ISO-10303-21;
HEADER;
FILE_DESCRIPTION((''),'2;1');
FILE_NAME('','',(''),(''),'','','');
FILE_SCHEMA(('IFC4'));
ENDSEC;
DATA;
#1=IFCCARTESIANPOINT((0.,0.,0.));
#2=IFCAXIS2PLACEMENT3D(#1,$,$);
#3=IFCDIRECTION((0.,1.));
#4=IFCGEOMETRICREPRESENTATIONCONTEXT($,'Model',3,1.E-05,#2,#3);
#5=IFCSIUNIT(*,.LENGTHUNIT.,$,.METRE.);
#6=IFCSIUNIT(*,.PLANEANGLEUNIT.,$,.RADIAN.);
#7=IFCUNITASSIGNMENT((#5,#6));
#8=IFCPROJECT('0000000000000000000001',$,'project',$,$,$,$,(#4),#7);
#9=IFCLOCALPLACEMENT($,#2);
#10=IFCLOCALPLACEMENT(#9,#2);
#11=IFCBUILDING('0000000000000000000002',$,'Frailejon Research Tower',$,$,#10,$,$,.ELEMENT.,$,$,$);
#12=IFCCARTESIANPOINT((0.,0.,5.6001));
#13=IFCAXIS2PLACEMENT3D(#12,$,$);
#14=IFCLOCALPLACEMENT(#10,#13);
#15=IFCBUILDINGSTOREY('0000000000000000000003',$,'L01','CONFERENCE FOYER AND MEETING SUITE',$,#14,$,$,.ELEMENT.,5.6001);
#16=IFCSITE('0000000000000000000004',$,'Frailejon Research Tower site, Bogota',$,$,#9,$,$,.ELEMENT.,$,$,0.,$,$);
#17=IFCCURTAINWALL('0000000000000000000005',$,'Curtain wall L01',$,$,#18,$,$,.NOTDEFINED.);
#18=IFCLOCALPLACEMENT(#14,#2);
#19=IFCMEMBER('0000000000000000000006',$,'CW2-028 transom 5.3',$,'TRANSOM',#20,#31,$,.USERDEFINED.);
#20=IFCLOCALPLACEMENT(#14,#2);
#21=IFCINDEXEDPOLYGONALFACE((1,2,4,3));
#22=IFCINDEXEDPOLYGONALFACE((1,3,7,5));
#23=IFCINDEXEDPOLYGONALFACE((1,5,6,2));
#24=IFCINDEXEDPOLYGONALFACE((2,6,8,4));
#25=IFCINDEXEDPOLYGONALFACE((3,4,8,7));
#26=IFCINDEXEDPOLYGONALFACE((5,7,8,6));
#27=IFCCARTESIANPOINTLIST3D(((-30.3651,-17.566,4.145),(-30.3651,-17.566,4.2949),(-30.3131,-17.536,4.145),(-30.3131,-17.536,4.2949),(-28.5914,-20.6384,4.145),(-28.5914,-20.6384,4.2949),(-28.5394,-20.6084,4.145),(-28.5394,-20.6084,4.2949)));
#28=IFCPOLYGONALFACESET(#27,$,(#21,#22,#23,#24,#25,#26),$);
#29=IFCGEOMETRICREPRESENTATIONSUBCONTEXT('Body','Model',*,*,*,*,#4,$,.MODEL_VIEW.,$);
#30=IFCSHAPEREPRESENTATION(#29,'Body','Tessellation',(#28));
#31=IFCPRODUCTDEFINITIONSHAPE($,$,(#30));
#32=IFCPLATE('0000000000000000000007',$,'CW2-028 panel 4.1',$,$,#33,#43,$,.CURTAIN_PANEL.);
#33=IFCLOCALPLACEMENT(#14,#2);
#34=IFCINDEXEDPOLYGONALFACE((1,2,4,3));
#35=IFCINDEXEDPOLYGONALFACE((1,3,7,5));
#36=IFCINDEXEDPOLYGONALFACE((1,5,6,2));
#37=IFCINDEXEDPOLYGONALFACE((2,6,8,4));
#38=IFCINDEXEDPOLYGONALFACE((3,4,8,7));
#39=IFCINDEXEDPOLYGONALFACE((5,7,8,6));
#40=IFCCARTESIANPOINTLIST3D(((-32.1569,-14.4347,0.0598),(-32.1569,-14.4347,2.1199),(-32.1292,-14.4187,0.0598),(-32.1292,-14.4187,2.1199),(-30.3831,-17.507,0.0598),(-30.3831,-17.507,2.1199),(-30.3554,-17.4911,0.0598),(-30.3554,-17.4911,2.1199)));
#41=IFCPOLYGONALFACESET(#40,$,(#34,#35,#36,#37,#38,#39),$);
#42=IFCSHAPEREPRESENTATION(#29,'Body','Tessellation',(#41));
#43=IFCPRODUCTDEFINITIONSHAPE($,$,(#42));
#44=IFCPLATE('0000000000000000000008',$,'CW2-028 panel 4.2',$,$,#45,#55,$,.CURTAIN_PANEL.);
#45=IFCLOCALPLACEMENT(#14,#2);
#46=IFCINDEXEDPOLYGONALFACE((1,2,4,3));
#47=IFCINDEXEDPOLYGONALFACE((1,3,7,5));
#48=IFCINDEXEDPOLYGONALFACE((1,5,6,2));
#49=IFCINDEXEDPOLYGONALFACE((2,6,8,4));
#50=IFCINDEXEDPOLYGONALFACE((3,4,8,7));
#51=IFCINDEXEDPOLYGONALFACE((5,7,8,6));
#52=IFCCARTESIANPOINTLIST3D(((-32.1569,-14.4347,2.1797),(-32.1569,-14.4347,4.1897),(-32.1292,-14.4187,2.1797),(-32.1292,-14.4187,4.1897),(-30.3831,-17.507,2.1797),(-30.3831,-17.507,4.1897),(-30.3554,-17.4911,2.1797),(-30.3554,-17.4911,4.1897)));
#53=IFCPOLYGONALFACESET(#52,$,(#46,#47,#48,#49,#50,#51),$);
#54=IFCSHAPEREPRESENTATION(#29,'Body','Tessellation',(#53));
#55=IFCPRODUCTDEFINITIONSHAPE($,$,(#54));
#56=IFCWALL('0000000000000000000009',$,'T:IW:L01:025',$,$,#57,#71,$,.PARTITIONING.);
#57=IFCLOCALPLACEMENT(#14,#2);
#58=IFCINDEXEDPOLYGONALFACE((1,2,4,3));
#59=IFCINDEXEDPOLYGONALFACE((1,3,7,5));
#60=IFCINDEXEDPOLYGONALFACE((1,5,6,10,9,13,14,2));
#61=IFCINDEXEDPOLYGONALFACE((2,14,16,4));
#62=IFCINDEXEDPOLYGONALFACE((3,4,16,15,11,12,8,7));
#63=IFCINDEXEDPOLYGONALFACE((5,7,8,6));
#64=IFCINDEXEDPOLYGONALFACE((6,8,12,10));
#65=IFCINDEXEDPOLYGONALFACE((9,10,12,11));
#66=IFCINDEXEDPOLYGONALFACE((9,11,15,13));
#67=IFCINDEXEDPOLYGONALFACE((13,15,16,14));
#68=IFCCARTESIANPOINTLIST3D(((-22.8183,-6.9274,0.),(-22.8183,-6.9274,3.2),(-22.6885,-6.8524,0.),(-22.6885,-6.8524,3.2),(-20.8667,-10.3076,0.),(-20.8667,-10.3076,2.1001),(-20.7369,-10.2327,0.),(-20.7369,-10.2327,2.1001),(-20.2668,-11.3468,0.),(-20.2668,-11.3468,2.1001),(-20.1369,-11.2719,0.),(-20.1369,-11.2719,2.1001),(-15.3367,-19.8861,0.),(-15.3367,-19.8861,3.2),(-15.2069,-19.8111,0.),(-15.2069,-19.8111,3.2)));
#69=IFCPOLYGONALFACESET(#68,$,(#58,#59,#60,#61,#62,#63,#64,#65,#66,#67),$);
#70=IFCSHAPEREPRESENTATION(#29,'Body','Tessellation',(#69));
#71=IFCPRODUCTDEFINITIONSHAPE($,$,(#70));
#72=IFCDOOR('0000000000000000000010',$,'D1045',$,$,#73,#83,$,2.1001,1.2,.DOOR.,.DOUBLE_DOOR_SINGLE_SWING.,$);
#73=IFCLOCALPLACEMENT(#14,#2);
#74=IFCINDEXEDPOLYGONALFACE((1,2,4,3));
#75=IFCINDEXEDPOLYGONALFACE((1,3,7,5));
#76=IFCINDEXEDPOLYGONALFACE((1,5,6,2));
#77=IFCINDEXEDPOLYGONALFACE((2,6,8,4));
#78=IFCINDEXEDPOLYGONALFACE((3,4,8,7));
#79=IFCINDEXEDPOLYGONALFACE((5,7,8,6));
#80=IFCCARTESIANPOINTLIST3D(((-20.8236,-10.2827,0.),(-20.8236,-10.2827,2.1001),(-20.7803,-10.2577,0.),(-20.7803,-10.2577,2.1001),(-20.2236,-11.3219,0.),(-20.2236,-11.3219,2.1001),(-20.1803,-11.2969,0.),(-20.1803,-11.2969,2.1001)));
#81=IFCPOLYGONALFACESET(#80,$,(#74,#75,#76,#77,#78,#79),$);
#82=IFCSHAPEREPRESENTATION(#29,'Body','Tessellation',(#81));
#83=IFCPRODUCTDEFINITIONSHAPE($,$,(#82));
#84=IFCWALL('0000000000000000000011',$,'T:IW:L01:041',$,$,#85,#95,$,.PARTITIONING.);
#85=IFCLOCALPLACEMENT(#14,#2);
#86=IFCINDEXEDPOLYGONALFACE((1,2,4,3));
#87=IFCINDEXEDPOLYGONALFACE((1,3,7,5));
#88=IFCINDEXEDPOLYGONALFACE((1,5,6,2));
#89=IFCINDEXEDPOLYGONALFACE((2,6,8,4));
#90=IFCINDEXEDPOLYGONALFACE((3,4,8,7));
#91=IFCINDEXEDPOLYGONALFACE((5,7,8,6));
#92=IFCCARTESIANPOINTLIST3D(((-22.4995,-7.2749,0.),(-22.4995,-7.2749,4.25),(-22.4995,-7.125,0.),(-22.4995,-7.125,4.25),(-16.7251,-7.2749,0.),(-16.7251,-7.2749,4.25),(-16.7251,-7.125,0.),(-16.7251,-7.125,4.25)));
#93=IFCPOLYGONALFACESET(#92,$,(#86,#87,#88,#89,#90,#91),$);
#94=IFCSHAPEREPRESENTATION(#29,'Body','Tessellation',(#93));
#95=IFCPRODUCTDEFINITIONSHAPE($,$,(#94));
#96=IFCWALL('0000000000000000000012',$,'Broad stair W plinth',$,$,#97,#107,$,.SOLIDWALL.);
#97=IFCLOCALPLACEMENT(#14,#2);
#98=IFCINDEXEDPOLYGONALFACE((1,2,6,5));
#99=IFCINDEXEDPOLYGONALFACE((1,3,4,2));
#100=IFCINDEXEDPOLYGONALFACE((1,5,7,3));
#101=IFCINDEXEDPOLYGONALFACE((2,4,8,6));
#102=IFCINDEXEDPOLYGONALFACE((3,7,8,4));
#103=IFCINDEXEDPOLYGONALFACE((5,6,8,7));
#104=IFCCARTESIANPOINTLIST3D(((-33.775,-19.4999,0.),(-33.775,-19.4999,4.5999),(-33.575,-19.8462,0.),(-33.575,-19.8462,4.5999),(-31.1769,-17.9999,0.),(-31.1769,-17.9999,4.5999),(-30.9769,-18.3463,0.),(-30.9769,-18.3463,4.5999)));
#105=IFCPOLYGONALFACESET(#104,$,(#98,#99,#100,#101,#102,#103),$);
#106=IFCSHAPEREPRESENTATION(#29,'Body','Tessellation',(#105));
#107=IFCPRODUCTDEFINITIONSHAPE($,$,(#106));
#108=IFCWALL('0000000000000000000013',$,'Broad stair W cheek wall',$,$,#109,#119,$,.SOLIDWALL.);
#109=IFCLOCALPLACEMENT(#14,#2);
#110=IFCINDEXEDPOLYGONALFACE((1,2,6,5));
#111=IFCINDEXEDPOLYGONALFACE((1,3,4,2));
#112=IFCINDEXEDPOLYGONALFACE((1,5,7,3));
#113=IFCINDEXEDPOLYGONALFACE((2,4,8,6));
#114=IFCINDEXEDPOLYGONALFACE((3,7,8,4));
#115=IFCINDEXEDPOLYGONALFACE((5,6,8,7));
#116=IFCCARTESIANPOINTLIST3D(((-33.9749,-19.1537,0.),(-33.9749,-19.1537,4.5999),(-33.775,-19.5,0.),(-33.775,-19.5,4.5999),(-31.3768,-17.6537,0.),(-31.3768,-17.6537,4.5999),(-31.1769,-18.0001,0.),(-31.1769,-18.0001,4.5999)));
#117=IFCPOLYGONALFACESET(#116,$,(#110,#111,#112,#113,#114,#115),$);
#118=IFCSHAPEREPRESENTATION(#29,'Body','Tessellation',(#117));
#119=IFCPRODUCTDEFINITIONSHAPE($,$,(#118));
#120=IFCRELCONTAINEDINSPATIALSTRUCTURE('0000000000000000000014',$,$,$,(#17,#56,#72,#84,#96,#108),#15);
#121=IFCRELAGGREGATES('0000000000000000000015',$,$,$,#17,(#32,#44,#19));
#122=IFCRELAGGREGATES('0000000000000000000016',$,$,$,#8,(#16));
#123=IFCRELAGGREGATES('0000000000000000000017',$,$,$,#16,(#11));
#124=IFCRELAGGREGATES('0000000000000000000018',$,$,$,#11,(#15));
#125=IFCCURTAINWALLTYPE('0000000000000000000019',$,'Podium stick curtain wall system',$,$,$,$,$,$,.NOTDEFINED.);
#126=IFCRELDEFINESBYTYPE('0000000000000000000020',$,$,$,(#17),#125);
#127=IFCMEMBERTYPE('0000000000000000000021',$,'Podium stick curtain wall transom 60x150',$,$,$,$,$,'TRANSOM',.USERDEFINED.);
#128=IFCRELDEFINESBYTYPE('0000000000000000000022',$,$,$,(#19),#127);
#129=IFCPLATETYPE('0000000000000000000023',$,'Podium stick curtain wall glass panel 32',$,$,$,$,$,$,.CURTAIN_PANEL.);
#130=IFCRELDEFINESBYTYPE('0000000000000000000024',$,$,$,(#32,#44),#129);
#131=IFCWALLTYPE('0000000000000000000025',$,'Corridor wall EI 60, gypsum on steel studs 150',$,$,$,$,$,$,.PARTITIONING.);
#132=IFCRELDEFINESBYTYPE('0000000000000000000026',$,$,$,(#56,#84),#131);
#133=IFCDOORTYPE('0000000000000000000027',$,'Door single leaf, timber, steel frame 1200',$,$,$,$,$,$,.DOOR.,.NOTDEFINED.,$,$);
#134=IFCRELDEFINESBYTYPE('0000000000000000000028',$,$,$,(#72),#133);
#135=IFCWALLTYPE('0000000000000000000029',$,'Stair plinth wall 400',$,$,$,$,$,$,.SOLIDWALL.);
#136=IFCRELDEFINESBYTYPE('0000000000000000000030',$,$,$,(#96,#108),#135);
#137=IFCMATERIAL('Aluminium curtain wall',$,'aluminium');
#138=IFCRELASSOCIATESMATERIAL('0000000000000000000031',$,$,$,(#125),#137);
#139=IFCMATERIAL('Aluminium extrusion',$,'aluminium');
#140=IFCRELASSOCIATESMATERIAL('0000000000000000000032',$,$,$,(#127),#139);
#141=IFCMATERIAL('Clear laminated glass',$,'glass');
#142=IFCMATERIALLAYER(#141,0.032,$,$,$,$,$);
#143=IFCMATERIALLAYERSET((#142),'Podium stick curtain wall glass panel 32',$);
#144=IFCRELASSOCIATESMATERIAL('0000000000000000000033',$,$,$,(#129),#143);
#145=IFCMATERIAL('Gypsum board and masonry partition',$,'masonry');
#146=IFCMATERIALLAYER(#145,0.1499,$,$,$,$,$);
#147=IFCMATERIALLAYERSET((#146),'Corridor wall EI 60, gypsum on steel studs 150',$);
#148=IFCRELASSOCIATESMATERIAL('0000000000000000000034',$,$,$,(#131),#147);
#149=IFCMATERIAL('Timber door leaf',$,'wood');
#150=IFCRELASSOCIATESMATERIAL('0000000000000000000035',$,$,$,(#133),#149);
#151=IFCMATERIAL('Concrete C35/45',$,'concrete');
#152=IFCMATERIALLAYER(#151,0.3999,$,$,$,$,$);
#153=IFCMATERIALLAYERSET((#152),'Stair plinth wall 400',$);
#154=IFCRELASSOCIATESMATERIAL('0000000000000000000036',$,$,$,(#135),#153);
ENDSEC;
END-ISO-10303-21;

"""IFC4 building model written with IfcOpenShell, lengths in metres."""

from ifc_helpers import new_model, si_unit, direction, frame, frame_2d, origin, origin_2d, place, context, subcontext, project, spatial, rectangle, extrude, material, layer, layer_set, material_profile, profile_set, type_object, element, fill, aggregate, save


model = new_model("IFC4")

# Units and contexts
model_context = context("Model", 3, precision=1e-05, world=origin(), true_north=direction((0.0, 1.0)))
body_context = subcontext(model_context, "Body", "Model", "MODEL_VIEW")
ifc_project = project(units=[si_unit("LENGTHUNIT", "METRE"), si_unit("PLANEANGLEUNIT", "RADIAN")], contexts=[model_context])

# Site, building, storey
site_placement = place(None, origin())
site = spatial("IfcSite", under=ifc_project, at=site_placement, Name="Frailejon Research Tower site, Bogota", CompositionType="ELEMENT", RefElevation=0.0)
building_placement = place(site_placement, origin())
building = spatial("IfcBuilding", under=site, at=building_placement, Name="Frailejon Research Tower", CompositionType="ELEMENT")
storey_placement = place(building_placement, frame((0.0, 0.0, 5.6001)))
storey = spatial("IfcBuildingStorey", under=building, at=storey_placement, Name="L01", Description="CONFERENCE FOYER AND MEETING SUITE", CompositionType="ELEMENT", Elevation=5.6001)

# Curtain wall, member, plates
ifc_material_1 = material(Name="Aluminium curtain wall", Category="aluminium")
curtain_wall_type = type_object("IfcCurtainWallType", Name="Podium stick curtain wall system", PredefinedType="NOTDEFINED", material=ifc_material_1)
curtain_wall_placement = place(storey_placement, origin())
curtain_wall = element("IfcCurtainWall", 1, at=curtain_wall_placement, inside=storey, type_object=curtain_wall_type, Name="Curtain wall L01", PredefinedType="NOTDEFINED")
ifc_material_2 = material(Name="Aluminium extrusion", Category="aluminium")
ifc_material_profile_1 = material_profile(ifc_material_2, rectangle(XDim=0.0601, YDim=0.1499, at=origin_2d()), Name="Podium stick curtain wall transom 60x150")
ifc_profile_set_1 = profile_set([ifc_material_profile_1], Name="Aluminium extrusion")
member_type_1 = type_object("IfcMemberType", Name="Podium stick curtain wall transom 60x150", ElementType="TRANSOM", PredefinedType="USERDEFINED", material=ifc_profile_set_1)
member_1_placement = place(storey_placement, frame((-30.3391, -17.551, 4.22), z_axis=(0.499981, -0.866037, 0.0), x_axis=(0.866037, 0.499981, 0.0)))
member_1 = element("IfcMember", 2, at=member_1_placement, type_object=member_type_1, Name="CW2-028 transom 5.3", ObjectType="TRANSOM", PredefinedType="USERDEFINED", context=body_context, shape_type="SweptSolid", body=[
    extrude(rectangle(XDim=0.0601, YDim=0.1499, at=origin_2d()), origin(), (0.0, 0.0, 1.0), 3.5476),
])
ifc_material_3 = material(Name="Clear laminated glass", Category="glass")
ifc_layer_1 = layer(ifc_material_3, 0.032)
ifc_layer_set_1 = layer_set([ifc_layer_1], Name="Podium stick curtain wall glass panel 32")
plate_type = type_object("IfcPlateType", Name="Podium stick curtain wall glass panel 32", PredefinedType="CURTAIN_PANEL", material=ifc_layer_set_1)
plate_1_placement = place(storey_placement, frame((-31.2561, -15.9629, 0.0598), z_axis=(0.0, 0.0, 1.0), x_axis=(0.499998, -0.866026, 0.0)))
plate_1 = element("IfcPlate", 3, at=plate_1_placement, type_object=plate_type, Name="CW2-028 panel 4.1", PredefinedType="CURTAIN_PANEL", context=body_context, shape_type="SweptSolid", body=[
    extrude(rectangle(XDim=3.5476, YDim=0.032, at=origin_2d()), origin(), (0.0, 0.0, 1.0), 2.0601),
])
plate_2_placement = place(storey_placement, frame((-31.2561, -15.9629, 2.1797), z_axis=(0.0, 0.0, 1.0), x_axis=(0.499998, -0.866026, 0.0)))
plate_2 = element("IfcPlate", 4, at=plate_2_placement, type_object=plate_type, Name="CW2-028 panel 4.2", PredefinedType="CURTAIN_PANEL", context=body_context, shape_type="SweptSolid", body=[
    extrude(rectangle(XDim=3.5476, YDim=0.032, at=origin_2d()), origin(), (0.0, 0.0, 1.0), 2.01),
])
aggregate(curtain_wall, [plate_1, plate_2, member_1])

# Wall, opening, door
ifc_material_4 = material(Name="Gypsum board and masonry partition", Category="masonry")
ifc_layer_2 = layer(ifc_material_4, 0.1499)
ifc_layer_set_2 = layer_set([ifc_layer_2], Name="Corridor wall EI 60, gypsum on steel studs 150")
wall_type_1 = type_object("IfcWallType", Name="Corridor wall EI 60, gypsum on steel studs 150", PredefinedType="PARTITIONING", material=ifc_layer_set_2)
wall_1_placement = place(storey_placement, frame((-22.7534, -6.8899, 0.0), z_axis=(0.0, 0.0, 1.0), x_axis=(0.499998, -0.866027, 0.0)))
wall_1 = element("IfcWall", 5, at=wall_1_placement, inside=storey, type_object=wall_type_1, Name="T:IW:L01:025", PredefinedType="PARTITIONING", context=body_context, shape_type="SweptSolid", body=[
    extrude(rectangle(XDim=14.9634, YDim=0.1499, at=frame_2d((7.4817, 0.0))), origin(), (0.0, 0.0, 1.0), 3.2),
])
opening_placement = place(wall_1_placement, frame((3.9031, 0.0, 0.0)))
opening = element("IfcOpeningElement", 6, at=opening_placement, cuts=wall_1, PredefinedType="OPENING", context=body_context, shape_type="SweptSolid", body=[
    extrude(rectangle(XDim=1.2, YDim=2.1001, at=frame_2d((0.6001, 1.05))), frame((0.0, 0.085, 0.0), z_axis=(0.0, -1.0, 0.0), x_axis=(1.0, 0.0, 0.0)), (0.0, 0.0, 1.0), 0.1699),
])
ifc_material_5 = material(Name="Timber door leaf", Category="wood")
door_type = type_object("IfcDoorType", Name="Door single leaf, timber, steel frame 1200", OperationType="NOTDEFINED", PredefinedType="DOOR", material=ifc_material_5)
door_placement = place(opening_placement, origin())
door = element("IfcDoor", 7, at=door_placement, inside=storey, type_object=door_type, Name="D1045", OperationType="DOUBLE_DOOR_SINGLE_SWING", OverallHeight=2.1001, OverallWidth=1.2, PredefinedType="DOOR", context=body_context, shape_type="SweptSolid", body=[
    extrude(rectangle(XDim=1.2, YDim=2.1001, at=frame_2d((0.6001, 1.05))), frame((0.0, 0.0249, 0.0), z_axis=(0.0, -1.0, 0.0), x_axis=(1.0, 0.0, 0.0)), (0.0, 0.0, 1.0), 0.05),
])
fill(opening, door)

# Walls
wall_2_placement = place(storey_placement, frame((-22.4995, -7.2, 0.0), z_axis=(0.0, 0.0, 1.0), x_axis=(1.0, 0.0, 0.0)))
element("IfcWall", 8, at=wall_2_placement, inside=storey, type_object=wall_type_1, Name="T:IW:L01:041", PredefinedType="PARTITIONING", context=body_context, shape_type="SweptSolid", body=[
    extrude(rectangle(XDim=5.7744, YDim=0.1499, at=frame_2d((2.8872, 0.0))), origin(), (0.0, 0.0, 1.0), 4.25),
])
ifc_material_6 = material(Name="Concrete C35/45", Category="concrete")
ifc_layer_3 = layer(ifc_material_6, 0.3999)
ifc_layer_set_3 = layer_set([ifc_layer_3], Name="Stair plinth wall 400")
wall_type_2 = type_object("IfcWallType", Name="Stair plinth wall 400", PredefinedType="SOLIDWALL", material=ifc_layer_set_3)
for number, where, z_axis, x_axis, name in (
    (9, (-31.0769, -18.1731, 0.0), (0.0, 0.0, 1.0), (-0.866031, -0.49999, 0.0), "Broad stair W plinth"),
    (10, (-31.2769, -17.8269, 0.0), (0.0, 0.0, 1.0), (-0.866031, -0.49999, 0.0), "Broad stair W cheek wall"),
):
    element("IfcWall", number, at=place(storey_placement, frame(where, z_axis=z_axis, x_axis=x_axis)), inside=storey, type_object=wall_type_2, Name=name, PredefinedType="SOLIDWALL", context=body_context, shape_type="SweptSolid", body=[
        extrude(rectangle(XDim=3.0, YDim=0.3999, at=frame_2d((1.5, 0.0))), origin(), (0.0, 0.0, 1.0), 4.5999),
    ])

save(model, "model.ifc")
